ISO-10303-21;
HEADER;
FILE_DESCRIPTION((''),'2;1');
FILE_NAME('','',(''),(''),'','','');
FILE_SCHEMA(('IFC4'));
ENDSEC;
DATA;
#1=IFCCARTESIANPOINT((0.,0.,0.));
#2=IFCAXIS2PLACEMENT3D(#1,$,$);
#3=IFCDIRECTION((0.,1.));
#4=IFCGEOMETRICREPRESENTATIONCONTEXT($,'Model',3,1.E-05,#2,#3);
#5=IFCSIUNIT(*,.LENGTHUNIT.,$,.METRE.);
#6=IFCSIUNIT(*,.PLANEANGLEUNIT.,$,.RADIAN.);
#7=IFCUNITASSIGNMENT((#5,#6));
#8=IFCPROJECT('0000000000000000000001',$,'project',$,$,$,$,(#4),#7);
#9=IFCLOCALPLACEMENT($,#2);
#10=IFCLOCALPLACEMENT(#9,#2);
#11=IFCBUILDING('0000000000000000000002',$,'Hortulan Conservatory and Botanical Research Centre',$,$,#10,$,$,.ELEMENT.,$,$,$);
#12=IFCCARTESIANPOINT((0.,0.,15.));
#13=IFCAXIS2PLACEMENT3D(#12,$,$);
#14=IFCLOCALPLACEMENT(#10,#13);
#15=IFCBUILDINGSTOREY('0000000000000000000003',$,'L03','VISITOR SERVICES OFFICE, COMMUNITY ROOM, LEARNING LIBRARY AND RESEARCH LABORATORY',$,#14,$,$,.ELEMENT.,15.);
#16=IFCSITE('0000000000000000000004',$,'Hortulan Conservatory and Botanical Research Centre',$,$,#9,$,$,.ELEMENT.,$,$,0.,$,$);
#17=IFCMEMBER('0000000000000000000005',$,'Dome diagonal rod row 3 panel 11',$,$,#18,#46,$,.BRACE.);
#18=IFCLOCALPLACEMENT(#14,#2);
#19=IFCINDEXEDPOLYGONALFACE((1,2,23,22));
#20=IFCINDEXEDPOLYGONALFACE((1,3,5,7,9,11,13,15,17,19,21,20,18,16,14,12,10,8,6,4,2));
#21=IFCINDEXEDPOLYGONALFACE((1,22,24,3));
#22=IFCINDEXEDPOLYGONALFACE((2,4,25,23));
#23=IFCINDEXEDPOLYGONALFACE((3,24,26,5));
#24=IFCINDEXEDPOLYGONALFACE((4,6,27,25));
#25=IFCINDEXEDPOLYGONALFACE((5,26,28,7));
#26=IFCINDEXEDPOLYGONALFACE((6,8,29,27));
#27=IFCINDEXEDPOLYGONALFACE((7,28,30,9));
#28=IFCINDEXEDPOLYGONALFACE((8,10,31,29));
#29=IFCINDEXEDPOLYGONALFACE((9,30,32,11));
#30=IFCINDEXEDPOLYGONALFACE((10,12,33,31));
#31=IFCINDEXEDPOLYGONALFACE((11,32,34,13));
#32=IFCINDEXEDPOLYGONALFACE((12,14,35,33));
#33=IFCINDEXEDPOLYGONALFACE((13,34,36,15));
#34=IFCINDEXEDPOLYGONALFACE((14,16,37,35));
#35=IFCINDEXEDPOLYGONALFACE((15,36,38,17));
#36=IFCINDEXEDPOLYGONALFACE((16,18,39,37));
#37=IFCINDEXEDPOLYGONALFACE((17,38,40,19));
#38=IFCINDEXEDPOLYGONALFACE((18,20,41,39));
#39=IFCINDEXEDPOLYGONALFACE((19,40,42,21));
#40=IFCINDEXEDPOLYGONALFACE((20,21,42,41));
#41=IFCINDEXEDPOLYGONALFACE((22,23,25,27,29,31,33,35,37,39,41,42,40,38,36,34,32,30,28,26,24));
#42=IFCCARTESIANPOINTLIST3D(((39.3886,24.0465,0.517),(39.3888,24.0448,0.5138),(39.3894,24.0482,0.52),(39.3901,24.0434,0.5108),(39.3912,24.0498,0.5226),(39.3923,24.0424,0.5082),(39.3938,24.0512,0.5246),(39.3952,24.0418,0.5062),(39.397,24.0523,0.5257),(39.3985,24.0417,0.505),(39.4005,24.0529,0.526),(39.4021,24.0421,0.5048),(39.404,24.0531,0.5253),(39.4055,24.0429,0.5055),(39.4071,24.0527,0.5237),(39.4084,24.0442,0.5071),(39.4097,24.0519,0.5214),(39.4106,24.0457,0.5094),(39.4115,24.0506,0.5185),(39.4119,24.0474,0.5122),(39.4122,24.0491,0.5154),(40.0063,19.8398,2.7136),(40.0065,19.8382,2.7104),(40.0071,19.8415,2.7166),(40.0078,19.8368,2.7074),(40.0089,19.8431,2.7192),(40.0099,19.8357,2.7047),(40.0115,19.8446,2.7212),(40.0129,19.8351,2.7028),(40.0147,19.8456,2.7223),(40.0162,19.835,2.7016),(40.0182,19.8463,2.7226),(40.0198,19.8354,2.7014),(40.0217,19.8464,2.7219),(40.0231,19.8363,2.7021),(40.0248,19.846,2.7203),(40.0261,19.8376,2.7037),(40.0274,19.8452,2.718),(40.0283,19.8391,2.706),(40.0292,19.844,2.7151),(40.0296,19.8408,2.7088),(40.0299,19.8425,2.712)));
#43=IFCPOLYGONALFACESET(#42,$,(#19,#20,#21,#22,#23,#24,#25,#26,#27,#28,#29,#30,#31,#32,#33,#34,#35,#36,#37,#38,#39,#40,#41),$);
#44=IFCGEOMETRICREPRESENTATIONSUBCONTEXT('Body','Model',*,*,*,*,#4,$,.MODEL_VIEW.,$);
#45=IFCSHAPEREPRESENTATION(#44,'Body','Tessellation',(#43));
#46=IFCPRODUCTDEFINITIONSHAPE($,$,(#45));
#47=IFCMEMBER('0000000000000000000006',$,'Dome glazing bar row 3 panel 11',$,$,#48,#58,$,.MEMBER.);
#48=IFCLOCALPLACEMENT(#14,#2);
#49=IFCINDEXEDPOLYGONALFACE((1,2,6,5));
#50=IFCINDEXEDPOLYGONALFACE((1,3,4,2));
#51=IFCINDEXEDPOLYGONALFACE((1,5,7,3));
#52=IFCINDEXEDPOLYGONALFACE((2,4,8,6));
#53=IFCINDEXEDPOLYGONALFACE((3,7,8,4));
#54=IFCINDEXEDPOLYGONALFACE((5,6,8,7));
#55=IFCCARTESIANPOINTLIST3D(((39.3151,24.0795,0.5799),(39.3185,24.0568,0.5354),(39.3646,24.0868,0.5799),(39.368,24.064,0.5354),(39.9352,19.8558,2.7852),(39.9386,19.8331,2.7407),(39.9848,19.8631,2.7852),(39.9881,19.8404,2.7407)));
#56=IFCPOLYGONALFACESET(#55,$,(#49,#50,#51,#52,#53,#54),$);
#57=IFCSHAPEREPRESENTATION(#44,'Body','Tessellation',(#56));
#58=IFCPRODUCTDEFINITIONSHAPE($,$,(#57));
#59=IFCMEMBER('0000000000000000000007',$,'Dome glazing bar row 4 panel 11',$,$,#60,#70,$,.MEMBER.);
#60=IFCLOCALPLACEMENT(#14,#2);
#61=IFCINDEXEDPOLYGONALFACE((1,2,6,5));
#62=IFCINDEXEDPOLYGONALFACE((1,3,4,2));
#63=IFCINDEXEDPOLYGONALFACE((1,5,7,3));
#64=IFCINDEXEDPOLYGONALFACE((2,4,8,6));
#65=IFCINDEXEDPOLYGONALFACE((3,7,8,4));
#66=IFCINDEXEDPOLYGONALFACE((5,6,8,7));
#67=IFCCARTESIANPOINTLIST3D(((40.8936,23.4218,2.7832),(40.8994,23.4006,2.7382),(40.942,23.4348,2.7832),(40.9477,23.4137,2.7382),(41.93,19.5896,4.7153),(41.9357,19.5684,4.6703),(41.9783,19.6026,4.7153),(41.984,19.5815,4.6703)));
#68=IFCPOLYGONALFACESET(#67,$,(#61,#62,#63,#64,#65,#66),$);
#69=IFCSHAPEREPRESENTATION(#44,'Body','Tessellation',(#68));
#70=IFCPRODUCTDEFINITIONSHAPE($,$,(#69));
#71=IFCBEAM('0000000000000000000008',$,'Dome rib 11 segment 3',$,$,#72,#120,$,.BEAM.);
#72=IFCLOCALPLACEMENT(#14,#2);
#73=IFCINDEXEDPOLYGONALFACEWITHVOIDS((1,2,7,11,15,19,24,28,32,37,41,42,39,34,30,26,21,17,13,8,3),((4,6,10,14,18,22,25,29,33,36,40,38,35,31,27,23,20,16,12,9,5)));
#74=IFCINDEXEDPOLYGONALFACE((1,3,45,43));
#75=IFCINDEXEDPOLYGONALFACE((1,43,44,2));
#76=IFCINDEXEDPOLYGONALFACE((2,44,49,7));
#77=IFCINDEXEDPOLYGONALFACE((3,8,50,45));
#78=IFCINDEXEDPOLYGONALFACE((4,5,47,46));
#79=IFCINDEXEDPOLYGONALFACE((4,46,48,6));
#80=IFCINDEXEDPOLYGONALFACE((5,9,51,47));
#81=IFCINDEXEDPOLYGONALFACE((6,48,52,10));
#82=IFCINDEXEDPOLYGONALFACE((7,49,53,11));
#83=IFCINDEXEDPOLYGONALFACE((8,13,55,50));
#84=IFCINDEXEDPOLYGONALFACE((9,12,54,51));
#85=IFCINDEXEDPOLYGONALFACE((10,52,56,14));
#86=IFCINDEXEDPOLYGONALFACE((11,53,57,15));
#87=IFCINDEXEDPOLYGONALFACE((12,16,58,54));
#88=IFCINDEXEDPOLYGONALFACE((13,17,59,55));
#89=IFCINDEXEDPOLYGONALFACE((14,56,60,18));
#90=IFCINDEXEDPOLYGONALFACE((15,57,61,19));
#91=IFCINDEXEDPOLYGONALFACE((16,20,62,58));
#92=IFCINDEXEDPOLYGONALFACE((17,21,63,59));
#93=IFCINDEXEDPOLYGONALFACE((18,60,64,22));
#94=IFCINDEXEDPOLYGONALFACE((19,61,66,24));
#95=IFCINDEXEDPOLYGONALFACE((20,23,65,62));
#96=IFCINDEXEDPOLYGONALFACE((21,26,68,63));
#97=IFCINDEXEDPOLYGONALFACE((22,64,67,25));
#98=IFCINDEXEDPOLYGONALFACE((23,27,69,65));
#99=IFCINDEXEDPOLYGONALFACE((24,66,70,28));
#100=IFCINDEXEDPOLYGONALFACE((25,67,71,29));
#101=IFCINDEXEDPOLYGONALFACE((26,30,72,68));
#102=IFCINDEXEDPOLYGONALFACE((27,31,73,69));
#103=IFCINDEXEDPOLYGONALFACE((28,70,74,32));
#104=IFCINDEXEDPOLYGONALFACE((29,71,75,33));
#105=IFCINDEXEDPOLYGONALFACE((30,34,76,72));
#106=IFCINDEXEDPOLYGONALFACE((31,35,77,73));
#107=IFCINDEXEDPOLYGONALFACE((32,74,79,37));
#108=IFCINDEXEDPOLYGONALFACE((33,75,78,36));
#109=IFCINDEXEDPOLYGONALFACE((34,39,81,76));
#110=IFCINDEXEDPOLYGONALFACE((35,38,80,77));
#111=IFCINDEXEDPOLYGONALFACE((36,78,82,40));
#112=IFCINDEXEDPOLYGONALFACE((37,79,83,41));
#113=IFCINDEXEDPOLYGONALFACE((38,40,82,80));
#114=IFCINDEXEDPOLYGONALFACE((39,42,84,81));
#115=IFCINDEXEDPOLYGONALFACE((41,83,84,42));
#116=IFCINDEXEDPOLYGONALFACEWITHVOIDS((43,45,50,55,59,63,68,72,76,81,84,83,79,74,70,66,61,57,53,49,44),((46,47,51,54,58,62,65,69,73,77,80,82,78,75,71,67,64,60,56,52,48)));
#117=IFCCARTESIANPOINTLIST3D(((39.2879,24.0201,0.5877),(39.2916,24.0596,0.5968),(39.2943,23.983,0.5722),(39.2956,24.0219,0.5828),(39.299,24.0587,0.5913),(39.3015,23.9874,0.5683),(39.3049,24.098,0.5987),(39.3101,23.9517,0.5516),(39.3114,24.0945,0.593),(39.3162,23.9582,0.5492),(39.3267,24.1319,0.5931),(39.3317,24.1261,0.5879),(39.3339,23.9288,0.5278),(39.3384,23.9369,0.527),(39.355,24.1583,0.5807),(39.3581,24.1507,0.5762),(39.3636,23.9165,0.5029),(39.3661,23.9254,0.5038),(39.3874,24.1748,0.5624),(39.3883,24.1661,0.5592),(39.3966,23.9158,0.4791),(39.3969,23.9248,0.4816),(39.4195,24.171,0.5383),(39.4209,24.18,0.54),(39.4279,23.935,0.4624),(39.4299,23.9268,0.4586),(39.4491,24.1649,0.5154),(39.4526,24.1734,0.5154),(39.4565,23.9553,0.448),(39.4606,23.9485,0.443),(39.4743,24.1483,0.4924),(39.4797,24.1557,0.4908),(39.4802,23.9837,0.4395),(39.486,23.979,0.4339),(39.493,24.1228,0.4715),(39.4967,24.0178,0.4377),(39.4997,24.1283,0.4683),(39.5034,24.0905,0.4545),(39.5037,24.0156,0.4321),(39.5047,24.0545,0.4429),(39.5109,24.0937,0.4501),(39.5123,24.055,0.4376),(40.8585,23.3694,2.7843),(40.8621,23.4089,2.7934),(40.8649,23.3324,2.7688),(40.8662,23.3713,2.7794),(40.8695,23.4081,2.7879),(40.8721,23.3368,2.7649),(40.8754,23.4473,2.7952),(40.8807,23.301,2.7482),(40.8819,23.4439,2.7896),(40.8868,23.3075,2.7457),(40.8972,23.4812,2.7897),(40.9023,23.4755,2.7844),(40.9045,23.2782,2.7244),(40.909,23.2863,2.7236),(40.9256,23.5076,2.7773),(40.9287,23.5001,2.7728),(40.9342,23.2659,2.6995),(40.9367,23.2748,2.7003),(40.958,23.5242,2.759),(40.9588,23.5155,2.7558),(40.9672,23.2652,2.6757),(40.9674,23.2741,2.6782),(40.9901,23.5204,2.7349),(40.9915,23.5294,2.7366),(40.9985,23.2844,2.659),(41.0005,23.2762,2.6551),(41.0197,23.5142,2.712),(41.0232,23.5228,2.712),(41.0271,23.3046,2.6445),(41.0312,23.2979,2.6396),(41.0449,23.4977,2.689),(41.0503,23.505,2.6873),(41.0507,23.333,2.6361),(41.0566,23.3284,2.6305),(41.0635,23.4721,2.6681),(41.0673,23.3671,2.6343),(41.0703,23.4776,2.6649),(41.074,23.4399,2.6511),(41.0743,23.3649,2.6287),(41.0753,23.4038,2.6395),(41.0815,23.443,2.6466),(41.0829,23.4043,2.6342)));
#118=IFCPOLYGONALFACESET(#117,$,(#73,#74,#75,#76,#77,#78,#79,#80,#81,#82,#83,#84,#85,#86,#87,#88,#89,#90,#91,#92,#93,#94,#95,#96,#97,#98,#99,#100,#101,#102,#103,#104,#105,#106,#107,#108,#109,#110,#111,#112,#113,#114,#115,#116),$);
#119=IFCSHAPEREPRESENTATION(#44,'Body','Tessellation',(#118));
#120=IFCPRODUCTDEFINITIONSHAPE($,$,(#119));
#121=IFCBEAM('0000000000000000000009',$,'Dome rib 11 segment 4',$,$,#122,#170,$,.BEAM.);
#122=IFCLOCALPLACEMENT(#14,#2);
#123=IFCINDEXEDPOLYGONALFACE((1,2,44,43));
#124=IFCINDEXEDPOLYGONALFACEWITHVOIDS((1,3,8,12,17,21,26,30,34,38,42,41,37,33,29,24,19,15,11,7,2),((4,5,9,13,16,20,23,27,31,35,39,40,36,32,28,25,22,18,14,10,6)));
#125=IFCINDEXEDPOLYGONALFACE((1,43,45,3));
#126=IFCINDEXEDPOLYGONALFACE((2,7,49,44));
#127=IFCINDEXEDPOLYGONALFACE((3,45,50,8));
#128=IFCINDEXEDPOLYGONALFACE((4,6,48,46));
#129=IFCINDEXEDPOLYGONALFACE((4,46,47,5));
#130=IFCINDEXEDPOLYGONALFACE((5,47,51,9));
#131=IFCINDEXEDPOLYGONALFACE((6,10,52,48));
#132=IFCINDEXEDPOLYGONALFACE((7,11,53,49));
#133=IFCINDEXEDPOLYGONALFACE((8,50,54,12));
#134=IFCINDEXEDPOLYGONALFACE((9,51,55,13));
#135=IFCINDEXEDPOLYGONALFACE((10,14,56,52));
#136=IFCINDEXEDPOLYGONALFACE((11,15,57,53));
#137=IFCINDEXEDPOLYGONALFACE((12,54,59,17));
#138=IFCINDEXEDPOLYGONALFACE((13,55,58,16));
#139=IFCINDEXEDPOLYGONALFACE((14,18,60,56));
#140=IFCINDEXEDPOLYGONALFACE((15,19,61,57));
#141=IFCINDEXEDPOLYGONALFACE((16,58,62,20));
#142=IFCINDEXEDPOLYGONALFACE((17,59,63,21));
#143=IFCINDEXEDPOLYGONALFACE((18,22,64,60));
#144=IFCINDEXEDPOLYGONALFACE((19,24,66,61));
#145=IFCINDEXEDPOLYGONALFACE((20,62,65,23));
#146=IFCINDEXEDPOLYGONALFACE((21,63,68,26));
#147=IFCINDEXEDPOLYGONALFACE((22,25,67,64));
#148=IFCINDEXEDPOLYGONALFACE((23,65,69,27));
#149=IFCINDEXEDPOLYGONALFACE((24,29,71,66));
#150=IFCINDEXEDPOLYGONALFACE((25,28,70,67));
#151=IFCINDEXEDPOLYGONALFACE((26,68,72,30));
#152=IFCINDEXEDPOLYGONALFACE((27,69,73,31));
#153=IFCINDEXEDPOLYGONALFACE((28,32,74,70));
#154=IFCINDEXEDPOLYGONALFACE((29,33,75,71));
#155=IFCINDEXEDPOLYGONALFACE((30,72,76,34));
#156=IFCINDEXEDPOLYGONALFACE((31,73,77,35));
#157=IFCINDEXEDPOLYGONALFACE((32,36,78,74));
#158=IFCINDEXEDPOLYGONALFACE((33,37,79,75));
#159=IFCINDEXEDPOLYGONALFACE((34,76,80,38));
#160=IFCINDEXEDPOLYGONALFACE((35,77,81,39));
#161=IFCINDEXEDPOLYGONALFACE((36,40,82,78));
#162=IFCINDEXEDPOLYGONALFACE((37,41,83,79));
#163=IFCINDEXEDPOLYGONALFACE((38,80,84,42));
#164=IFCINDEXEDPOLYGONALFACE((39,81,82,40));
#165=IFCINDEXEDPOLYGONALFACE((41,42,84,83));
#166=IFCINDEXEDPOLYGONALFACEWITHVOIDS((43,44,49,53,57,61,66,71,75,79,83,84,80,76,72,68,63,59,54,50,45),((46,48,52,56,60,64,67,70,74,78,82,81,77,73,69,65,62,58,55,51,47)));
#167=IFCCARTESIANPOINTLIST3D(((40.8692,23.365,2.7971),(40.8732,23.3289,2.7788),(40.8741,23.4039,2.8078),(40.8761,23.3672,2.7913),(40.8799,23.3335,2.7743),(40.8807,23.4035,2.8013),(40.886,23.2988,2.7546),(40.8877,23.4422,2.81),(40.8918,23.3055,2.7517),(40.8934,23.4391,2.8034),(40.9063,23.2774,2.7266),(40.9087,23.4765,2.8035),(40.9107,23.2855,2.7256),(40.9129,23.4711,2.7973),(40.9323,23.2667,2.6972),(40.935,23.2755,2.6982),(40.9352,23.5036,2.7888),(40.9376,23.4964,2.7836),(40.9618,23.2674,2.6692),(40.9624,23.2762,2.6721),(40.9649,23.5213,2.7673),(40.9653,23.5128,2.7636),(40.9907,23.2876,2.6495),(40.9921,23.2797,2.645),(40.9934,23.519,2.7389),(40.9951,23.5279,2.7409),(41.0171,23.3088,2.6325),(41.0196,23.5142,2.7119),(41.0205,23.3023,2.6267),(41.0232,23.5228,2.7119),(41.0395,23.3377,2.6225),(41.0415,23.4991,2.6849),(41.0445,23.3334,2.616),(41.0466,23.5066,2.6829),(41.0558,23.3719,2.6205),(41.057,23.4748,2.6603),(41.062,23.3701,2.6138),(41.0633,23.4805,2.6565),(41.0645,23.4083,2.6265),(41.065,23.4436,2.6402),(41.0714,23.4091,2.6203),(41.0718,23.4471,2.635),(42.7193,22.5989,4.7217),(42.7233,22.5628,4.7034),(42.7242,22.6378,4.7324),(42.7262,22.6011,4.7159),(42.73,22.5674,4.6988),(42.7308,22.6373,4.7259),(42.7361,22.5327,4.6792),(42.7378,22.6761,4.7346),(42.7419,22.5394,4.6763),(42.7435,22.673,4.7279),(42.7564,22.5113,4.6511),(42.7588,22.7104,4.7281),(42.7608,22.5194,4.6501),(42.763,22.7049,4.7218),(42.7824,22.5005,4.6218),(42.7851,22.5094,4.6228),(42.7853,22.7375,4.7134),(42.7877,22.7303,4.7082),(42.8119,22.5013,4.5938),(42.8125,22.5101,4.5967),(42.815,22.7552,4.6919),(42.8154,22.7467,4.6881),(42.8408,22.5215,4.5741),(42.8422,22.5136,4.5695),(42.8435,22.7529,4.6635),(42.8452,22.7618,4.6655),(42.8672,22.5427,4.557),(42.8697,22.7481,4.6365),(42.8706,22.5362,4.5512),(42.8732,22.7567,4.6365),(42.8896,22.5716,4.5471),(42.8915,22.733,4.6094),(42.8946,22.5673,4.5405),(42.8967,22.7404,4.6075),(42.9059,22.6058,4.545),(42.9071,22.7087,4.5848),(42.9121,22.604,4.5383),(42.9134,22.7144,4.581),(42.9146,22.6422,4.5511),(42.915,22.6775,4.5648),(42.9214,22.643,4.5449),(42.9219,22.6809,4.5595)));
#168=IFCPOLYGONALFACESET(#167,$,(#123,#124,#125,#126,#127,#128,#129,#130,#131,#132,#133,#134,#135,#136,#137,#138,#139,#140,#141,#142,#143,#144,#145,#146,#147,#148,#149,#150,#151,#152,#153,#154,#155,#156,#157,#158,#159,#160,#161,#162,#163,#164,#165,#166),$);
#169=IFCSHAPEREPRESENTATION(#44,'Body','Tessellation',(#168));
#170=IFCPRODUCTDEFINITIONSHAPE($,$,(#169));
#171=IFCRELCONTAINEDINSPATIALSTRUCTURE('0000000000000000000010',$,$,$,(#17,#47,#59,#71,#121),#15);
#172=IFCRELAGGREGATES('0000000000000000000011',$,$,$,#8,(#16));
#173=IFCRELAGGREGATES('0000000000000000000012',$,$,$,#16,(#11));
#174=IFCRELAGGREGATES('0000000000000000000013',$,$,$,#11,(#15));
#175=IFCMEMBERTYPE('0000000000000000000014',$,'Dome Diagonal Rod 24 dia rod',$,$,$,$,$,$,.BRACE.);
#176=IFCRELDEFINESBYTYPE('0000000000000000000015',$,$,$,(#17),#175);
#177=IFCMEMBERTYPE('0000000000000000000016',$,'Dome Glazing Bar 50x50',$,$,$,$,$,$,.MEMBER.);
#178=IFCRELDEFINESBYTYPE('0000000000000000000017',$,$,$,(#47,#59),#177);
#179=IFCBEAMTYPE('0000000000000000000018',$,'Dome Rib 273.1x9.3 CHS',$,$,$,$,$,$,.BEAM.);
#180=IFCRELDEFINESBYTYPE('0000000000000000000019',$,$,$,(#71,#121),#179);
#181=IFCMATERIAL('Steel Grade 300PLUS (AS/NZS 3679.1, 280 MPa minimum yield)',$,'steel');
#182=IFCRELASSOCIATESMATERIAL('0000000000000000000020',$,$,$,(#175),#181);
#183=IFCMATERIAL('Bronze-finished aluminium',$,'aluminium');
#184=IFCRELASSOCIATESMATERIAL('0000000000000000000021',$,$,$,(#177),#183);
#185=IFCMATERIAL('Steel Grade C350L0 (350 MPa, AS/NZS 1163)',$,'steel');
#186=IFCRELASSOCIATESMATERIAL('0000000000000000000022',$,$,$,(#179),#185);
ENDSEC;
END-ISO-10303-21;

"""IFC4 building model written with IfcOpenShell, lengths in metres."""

from ifc_helpers import new_model, si_unit, direction, frame, origin, origin_2d, place, context, subcontext, project, spatial, rectangle, circle, hollow_circle, extrude, material, material_profile, profile_set, type_object, element, save


model = new_model("IFC4")

# Units and contexts
model_context = context("Model", 3, precision=1e-05, world=origin(), true_north=direction((0.0, 1.0)))
body_context = subcontext(model_context, "Body", "Model", "MODEL_VIEW")
ifc_project = project(units=[si_unit("LENGTHUNIT", "METRE"), si_unit("PLANEANGLEUNIT", "RADIAN")], contexts=[model_context])

# Site, building, storey
site_placement = place(None, origin())
site = spatial("IfcSite", under=ifc_project, at=site_placement, Name="Hortulan Conservatory and Botanical Research Centre", CompositionType="ELEMENT", RefElevation=0.0)
building_placement = place(site_placement, origin())
building = spatial("IfcBuilding", under=site, at=building_placement, Name="Hortulan Conservatory and Botanical Research Centre", CompositionType="ELEMENT")
storey_placement = place(building_placement, frame((0.0, 0.0, 15.0)))
storey = spatial("IfcBuildingStorey", under=building, at=storey_placement, Name="L03", Description="VISITOR SERVICES OFFICE, COMMUNITY ROOM, LEARNING LIBRARY AND RESEARCH LABORATORY", CompositionType="ELEMENT", Elevation=15.0)

# Members
ifc_material_1 = material(Name="Steel Grade 300PLUS (AS/NZS 3679.1, 280 MPa minimum yield)", Category="steel")
ifc_material_profile_1 = material_profile(ifc_material_1, circle(Radius=0.012, at=origin_2d()), Name="24 dia rod")
ifc_profile_set_1 = profile_set([ifc_material_profile_1], Name="Steel Grade 300PLUS (AS/NZS 3679.1, 280 MPa minimum yield)")
member_type_1 = type_object("IfcMemberType", Name="Dome Diagonal Rod 24 dia rod", PredefinedType="BRACE", material=ifc_profile_set_1)
member_1_placement = place(storey_placement, frame((39.4004, 24.0474, 0.5154), z_axis=(0.129072, -0.879013, 0.458995), x_axis=(0.989391, 0.145279, 0.0)))
element("IfcMember", 1, at=member_1_placement, inside=storey, type_object=member_type_1, Name="Dome diagonal rod row 3 panel 11", PredefinedType="BRACE", context=body_context, shape_type="SweptSolid", body=[
    extrude(circle(Radius=0.012, at=origin_2d()), origin(), (0.0, 0.0, 1.0), 4.7856),
])
ifc_material_2 = material(Name="Bronze-finished aluminium", Category="aluminium")
ifc_material_profile_2 = material_profile(ifc_material_2, rectangle(XDim=0.05, YDim=0.05, at=origin_2d()), Name="Square bar 50x50")
ifc_profile_set_2 = profile_set([ifc_material_profile_2], Name="Bronze-finished aluminium")
member_type_2 = type_object("IfcMemberType", Name="Dome Glazing Bar 50x50", PredefinedType="MEMBER", material=ifc_profile_set_2)
member_2_placement = place(storey_placement, frame((39.3416, 24.0718, 0.5576), z_axis=(0.129059, -0.879026, 0.458974), x_axis=(0.989393, 0.145263, 0.0)))
element("IfcMember", 2, at=member_2_placement, inside=storey, type_object=member_type_2, Name="Dome glazing bar row 3 panel 11", PredefinedType="MEMBER", context=body_context, shape_type="SweptSolid", body=[
    extrude(rectangle(XDim=0.05, YDim=0.05, at=origin_2d()), origin(), (0.0, 0.0, 1.0), 4.8049),
])
member_3_placement = place(storey_placement, frame((40.9207, 23.4177, 2.7607), z_axis=(0.234732, -0.867983, 0.437614), x_axis=(0.965324, 0.261056, 0.0)))
element("IfcMember", 3, at=member_3_placement, inside=storey, type_object=member_type_2, Name="Dome glazing bar row 4 panel 11", PredefinedType="MEMBER", context=body_context, shape_type="SweptSolid", body=[
    extrude(rectangle(XDim=0.05, YDim=0.05, at=origin_2d()), origin(), (0.0, 0.0, 1.0), 4.415),
])

# Beams
ifc_material_3 = material(Name="Steel Grade C350L0 (350 MPa, AS/NZS 1163)", Category="steel")
ifc_material_profile_3 = material_profile(ifc_material_3, hollow_circle(Radius=0.1365, WallThickness=0.0093, at=origin_2d()), Name="273.1x9.3CHS")
ifc_profile_set_3 = profile_set([ifc_material_profile_3], Name="Steel Grade C350L0 (350 MPa, AS/NZS 1163)")
beam_type = type_object("IfcBeamType", Name="Dome Rib 273.1x9.3 CHS", PredefinedType="BEAM", material=ifc_profile_set_3)
beam_1_placement = place(storey_placement, frame((39.4004, 24.0474, 0.5154), z_axis=(0.565449, -0.234249, 0.790819), x_axis=(0.382728, 0.923861, 0.0)))
element("IfcBeam", 4, at=beam_1_placement, inside=storey, type_object=beam_type, Name="Dome rib 11 segment 3", PredefinedType="BEAM", context=body_context, shape_type="SweptSolid", body=[
    extrude(hollow_circle(Radius=0.1365, WallThickness=0.0093, at=origin_2d()), origin(), (0.0, 0.0, 1.0), 2.7776),
])
beam_2_placement = place(storey_placement, frame((40.9709, 23.3967, 2.7119), z_axis=(0.666136, -0.275842, 0.692946), x_axis=(0.382589, 0.923919, 0.0)))
element("IfcBeam", 5, at=beam_2_placement, inside=storey, type_object=beam_type, Name="Dome rib 11 segment 4", PredefinedType="BEAM", context=body_context, shape_type="SweptSolid", body=[
    extrude(hollow_circle(Radius=0.1365, WallThickness=0.0093, at=origin_2d()), origin(), (0.0, 0.0, 1.0), 2.7773),
])

save(model, "model.ifc")
